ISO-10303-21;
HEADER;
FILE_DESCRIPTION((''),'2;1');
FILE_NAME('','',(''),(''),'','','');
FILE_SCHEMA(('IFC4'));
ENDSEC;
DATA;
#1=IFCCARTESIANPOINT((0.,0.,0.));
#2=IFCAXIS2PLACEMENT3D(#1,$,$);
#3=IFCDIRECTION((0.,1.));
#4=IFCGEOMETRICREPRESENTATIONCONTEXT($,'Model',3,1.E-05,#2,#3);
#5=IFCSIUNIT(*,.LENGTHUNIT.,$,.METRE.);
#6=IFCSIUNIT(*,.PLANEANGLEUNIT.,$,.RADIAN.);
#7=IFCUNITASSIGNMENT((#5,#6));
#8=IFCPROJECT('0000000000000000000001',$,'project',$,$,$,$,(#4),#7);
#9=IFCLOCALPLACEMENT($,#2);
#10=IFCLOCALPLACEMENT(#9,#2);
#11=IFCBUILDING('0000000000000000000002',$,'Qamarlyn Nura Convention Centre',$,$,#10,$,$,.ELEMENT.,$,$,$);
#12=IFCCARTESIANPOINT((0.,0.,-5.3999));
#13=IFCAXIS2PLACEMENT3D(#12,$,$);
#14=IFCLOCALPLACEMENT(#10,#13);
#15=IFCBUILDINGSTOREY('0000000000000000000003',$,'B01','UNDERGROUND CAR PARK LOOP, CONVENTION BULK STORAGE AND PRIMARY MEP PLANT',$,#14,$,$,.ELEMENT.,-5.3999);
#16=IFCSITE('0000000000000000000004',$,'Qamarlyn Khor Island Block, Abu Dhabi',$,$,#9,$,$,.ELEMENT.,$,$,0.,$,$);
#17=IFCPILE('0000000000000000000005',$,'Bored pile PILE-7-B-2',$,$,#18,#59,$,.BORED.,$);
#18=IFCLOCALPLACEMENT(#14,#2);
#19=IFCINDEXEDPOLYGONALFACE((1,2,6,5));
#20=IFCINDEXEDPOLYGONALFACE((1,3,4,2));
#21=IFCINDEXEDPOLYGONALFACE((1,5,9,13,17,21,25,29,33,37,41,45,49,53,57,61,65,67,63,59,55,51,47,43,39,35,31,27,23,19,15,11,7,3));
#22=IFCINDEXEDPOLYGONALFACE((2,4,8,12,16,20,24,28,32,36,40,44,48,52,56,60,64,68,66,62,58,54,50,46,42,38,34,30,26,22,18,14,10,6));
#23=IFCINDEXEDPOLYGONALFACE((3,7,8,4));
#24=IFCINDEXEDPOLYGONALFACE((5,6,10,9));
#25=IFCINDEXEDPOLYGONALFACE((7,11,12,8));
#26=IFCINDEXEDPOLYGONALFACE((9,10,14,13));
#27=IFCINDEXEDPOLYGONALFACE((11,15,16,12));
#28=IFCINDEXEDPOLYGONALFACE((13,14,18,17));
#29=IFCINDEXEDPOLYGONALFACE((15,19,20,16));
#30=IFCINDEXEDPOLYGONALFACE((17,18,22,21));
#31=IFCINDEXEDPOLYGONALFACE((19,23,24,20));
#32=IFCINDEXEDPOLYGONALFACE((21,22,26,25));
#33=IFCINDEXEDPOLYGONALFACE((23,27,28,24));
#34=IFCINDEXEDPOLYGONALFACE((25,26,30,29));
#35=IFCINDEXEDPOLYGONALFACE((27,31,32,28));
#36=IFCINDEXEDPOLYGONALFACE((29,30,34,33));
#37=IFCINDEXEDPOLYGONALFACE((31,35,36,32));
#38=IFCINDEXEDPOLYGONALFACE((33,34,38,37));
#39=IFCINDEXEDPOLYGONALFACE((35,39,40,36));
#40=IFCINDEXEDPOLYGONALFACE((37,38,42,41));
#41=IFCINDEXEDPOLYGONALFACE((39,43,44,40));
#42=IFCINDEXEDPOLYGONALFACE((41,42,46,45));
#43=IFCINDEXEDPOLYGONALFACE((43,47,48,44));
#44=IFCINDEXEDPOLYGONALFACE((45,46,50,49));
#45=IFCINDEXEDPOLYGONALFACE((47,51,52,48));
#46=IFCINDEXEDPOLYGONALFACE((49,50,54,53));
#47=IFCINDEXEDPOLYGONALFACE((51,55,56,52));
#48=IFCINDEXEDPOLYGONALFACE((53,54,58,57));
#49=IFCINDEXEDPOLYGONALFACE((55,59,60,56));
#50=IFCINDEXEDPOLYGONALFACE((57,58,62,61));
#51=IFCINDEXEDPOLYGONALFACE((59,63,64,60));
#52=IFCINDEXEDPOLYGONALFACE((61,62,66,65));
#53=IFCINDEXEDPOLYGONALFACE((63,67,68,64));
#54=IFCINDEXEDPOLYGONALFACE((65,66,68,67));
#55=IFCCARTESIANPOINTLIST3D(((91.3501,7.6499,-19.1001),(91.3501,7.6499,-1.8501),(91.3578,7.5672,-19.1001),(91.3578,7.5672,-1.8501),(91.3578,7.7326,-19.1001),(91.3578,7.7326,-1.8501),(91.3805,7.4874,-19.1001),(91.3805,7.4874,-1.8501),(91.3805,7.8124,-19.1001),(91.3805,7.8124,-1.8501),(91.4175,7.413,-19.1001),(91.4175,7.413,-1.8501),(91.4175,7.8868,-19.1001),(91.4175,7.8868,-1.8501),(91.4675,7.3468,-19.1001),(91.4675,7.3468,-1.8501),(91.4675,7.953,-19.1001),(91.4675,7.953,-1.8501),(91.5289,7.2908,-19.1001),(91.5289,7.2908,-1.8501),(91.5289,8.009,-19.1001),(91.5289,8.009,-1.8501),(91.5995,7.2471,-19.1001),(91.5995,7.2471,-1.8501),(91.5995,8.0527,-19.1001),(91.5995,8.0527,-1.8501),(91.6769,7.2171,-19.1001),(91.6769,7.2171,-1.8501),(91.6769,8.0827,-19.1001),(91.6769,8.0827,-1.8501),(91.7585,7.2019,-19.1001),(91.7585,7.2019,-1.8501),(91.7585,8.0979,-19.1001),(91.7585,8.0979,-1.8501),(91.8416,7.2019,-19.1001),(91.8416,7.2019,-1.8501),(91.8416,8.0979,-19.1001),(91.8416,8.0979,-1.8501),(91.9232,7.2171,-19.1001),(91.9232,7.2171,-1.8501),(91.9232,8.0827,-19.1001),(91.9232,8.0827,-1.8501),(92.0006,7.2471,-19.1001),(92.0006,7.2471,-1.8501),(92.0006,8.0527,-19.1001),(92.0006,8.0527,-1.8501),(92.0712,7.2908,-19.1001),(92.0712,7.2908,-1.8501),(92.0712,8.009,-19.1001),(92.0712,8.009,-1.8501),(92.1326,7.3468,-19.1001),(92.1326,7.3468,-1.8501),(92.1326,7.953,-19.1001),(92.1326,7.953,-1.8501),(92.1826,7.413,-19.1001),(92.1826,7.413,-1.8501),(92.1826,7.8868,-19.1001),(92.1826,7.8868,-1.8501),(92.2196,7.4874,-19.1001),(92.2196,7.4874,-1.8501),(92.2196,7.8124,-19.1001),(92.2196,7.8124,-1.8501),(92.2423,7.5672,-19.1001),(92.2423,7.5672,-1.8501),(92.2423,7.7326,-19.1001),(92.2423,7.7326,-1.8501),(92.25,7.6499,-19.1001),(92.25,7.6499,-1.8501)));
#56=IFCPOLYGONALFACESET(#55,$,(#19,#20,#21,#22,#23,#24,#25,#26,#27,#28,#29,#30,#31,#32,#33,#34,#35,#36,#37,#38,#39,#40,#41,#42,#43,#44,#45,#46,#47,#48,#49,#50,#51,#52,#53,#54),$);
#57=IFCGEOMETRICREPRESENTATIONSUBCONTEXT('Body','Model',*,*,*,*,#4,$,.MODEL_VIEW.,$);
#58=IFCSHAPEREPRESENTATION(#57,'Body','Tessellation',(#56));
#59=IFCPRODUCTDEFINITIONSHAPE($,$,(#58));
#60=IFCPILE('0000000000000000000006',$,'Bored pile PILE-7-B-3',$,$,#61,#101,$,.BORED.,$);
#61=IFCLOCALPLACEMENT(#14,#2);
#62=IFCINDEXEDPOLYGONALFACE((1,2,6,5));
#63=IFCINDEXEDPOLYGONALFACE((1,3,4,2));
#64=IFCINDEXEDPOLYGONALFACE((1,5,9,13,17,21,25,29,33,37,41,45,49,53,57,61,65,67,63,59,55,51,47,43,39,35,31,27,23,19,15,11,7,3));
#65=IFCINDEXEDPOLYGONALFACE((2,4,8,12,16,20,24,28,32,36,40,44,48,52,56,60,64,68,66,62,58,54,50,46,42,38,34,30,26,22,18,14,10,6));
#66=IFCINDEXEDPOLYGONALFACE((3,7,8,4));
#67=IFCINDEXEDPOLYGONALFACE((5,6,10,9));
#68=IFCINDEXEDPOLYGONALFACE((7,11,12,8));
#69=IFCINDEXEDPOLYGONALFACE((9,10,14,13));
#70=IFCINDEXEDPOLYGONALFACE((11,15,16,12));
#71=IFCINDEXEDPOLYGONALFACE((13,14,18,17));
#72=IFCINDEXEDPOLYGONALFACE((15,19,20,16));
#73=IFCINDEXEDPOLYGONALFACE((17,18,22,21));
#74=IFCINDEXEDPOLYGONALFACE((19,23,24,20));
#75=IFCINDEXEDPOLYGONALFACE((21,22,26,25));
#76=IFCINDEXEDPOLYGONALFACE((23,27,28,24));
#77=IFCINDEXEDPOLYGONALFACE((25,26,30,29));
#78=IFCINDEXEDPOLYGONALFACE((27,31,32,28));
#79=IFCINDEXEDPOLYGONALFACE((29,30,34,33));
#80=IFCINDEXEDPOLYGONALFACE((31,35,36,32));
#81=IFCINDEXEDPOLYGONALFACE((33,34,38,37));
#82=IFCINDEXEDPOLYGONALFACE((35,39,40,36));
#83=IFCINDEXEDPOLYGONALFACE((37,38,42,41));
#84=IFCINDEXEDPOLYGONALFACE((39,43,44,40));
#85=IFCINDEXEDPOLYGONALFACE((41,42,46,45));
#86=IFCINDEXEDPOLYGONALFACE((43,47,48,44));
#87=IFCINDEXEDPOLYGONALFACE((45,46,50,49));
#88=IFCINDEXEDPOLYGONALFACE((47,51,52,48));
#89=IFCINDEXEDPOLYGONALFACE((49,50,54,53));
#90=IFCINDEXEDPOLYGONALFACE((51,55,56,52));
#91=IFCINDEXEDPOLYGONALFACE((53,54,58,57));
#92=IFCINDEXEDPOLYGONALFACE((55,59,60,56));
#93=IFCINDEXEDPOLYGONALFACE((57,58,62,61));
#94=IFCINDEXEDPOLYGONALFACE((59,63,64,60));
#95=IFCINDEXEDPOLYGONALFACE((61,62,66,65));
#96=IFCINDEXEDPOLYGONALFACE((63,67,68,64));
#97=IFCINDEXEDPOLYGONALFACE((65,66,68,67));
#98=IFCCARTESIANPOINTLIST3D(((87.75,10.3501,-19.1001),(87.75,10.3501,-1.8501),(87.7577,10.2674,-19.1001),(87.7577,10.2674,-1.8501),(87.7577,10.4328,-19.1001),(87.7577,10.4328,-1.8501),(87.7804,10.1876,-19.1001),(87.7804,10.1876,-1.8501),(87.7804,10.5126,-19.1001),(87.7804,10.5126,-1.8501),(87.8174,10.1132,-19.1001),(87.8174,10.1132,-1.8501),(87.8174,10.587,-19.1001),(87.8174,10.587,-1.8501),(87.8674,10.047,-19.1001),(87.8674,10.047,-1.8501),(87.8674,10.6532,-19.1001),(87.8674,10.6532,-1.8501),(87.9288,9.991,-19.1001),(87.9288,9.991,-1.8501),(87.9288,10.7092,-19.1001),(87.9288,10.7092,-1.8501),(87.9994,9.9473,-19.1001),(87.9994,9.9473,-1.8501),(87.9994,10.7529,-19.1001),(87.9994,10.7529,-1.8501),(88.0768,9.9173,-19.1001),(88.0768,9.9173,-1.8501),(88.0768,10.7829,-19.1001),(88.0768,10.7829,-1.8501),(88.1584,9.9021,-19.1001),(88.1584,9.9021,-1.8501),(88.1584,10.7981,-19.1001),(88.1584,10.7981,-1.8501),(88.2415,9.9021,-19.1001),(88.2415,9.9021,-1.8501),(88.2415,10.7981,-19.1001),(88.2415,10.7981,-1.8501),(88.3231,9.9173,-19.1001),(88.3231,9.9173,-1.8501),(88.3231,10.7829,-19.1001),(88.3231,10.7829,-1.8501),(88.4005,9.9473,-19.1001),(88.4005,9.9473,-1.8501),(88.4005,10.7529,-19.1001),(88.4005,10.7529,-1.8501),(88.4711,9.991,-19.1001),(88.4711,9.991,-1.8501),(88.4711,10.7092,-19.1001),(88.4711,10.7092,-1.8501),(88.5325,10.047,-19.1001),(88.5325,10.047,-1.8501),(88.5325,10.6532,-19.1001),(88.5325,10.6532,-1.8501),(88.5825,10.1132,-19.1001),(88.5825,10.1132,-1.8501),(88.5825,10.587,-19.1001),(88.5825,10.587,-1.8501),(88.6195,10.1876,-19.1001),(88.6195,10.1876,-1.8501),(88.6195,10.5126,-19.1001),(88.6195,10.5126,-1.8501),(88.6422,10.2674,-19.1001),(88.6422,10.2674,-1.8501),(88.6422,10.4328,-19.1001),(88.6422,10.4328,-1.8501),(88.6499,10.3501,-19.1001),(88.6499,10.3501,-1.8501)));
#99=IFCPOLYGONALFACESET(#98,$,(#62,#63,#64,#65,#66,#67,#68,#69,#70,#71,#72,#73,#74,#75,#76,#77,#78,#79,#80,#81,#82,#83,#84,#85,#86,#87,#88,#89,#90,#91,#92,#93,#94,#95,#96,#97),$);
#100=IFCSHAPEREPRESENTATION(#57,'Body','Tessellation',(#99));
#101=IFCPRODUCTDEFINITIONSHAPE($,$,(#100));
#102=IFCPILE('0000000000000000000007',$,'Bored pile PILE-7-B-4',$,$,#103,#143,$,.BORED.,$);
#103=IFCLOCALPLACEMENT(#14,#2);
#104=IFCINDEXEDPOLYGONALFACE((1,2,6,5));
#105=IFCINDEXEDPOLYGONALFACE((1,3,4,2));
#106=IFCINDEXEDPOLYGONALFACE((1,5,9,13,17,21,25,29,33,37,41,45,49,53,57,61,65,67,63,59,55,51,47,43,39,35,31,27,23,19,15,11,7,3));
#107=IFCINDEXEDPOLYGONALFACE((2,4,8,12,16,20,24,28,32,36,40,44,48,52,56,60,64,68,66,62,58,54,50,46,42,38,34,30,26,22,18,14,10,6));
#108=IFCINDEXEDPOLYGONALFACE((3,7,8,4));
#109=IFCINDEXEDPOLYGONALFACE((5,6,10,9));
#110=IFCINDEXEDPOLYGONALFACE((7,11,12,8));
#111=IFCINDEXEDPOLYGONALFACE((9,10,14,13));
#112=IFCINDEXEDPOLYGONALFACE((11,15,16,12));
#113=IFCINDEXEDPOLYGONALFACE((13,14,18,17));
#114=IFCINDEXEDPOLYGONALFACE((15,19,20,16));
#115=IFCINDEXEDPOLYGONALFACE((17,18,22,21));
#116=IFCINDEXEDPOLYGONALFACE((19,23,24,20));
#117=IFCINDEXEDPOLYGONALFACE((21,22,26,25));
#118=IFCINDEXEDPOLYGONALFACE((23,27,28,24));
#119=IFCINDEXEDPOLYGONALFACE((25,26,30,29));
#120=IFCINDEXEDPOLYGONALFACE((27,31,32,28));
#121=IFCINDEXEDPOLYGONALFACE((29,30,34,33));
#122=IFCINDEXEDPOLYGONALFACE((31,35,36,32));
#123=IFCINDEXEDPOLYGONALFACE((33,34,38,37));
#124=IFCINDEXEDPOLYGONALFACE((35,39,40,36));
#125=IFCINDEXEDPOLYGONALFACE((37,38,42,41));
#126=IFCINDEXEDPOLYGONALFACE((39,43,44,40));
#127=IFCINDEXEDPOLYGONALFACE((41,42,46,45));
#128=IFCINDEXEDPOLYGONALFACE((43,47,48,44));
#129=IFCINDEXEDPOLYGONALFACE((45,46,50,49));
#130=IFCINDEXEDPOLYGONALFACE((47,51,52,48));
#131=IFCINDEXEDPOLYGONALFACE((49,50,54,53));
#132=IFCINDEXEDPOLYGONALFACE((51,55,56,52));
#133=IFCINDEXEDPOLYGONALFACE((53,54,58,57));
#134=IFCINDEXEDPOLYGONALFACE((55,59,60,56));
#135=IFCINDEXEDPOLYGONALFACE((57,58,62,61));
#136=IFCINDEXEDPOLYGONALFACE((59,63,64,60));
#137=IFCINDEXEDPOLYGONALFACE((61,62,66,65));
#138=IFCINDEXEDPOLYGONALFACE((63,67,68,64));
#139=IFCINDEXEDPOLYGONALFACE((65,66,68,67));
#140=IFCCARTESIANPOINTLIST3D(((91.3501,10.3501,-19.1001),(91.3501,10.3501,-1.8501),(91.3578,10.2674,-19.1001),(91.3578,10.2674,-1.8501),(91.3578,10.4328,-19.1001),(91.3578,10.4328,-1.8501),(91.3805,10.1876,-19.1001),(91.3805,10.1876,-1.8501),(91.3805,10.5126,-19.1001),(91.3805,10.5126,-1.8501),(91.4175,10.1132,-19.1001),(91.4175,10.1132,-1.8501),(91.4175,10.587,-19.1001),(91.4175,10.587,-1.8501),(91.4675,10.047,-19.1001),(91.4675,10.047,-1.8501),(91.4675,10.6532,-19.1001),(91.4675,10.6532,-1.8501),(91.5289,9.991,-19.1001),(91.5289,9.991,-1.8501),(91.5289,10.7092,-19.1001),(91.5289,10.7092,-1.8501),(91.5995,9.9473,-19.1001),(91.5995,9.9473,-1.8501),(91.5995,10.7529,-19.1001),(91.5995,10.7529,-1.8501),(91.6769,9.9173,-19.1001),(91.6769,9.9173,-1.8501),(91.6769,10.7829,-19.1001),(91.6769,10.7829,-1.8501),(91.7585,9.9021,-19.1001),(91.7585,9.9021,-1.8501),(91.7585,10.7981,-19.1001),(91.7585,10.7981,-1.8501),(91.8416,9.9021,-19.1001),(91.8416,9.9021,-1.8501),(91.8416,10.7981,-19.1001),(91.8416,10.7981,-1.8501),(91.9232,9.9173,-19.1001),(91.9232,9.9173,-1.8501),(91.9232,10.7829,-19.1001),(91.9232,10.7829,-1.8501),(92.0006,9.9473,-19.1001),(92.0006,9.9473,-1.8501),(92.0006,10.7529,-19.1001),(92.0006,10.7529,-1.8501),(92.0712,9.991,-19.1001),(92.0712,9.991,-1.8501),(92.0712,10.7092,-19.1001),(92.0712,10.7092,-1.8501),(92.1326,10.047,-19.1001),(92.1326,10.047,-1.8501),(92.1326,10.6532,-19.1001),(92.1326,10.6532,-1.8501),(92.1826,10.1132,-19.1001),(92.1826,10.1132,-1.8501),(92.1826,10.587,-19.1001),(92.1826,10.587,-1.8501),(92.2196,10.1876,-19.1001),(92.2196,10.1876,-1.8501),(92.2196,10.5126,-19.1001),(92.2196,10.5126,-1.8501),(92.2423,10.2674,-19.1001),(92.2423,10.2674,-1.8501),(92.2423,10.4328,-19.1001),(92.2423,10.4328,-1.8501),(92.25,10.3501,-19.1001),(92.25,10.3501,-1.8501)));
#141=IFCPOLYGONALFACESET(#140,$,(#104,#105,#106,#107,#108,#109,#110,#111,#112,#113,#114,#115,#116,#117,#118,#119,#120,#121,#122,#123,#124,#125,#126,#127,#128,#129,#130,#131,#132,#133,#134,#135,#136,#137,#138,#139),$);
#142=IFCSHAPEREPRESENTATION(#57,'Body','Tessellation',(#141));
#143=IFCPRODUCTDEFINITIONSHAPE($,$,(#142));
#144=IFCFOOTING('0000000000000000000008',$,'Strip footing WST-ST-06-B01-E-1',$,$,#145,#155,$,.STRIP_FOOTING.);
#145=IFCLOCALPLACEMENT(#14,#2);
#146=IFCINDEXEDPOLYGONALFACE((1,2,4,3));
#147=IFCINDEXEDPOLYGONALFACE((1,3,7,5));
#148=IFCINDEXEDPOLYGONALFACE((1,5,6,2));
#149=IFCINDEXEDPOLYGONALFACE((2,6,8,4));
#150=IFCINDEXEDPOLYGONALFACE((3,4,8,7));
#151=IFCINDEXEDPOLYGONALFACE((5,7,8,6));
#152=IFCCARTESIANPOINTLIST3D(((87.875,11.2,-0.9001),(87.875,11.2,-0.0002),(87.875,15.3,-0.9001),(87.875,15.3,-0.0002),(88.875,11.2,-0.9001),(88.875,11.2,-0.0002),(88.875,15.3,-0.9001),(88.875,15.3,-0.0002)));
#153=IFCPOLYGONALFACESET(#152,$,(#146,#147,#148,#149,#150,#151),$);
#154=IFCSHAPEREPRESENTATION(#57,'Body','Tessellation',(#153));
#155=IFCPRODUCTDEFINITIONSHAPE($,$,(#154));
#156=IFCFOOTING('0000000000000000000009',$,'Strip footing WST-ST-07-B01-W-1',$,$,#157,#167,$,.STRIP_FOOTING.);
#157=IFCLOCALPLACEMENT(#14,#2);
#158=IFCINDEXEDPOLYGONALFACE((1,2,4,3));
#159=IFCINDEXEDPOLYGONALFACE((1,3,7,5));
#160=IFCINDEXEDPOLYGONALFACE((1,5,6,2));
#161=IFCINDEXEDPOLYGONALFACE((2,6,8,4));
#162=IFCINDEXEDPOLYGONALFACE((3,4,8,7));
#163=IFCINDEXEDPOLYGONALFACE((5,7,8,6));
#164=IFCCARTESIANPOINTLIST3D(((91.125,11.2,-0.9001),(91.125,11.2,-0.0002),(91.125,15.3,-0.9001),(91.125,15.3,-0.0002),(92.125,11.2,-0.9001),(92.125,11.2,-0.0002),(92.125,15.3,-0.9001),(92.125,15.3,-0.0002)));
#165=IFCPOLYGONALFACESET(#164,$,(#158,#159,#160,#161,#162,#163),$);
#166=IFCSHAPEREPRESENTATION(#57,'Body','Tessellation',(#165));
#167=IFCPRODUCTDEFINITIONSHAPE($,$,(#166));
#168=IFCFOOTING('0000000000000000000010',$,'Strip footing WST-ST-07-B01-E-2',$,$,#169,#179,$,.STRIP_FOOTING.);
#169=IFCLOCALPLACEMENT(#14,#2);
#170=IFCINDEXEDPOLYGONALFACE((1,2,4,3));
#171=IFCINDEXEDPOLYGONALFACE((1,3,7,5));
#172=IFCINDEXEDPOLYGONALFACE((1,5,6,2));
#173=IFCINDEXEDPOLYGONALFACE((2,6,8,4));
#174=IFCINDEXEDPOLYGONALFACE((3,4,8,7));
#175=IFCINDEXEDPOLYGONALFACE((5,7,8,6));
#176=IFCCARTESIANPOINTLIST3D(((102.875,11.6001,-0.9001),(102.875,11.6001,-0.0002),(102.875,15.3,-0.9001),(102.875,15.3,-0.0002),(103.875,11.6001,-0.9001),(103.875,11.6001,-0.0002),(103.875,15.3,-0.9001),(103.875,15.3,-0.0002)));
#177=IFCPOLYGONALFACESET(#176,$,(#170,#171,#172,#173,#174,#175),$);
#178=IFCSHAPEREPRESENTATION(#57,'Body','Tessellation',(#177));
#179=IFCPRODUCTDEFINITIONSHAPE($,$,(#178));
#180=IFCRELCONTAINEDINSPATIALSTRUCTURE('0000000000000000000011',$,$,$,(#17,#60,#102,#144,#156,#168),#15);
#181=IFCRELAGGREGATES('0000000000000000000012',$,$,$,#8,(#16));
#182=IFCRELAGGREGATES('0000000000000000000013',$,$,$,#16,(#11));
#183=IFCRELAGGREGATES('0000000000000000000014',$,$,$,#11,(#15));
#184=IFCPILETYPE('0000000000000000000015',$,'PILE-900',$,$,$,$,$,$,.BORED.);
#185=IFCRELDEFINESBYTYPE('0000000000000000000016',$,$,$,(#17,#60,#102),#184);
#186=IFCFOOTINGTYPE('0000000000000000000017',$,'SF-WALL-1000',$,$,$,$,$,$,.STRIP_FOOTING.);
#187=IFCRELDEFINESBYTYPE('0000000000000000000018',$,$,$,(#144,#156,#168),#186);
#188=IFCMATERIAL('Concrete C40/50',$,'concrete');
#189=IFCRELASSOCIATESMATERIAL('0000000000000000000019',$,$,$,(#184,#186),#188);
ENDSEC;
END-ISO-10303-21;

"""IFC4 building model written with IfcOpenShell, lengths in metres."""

from ifc_helpers import new_model, si_unit, direction, frame, origin, origin_2d, place, context, subcontext, project, spatial, rectangle, circle, extrude, material, material_profile, profile_set, type_object, element, save


model = new_model("IFC4")

# Units and contexts
model_context = context("Model", 3, precision=1e-05, world=origin(), true_north=direction((0.0, 1.0)))
body_context = subcontext(model_context, "Body", "Model", "MODEL_VIEW")
ifc_project = project(units=[si_unit("LENGTHUNIT", "METRE"), si_unit("PLANEANGLEUNIT", "RADIAN")], contexts=[model_context])

# Site, building, storey
site_placement = place(None, origin())
site = spatial("IfcSite", under=ifc_project, at=site_placement, Name="Qamarlyn Khor Island Block, Abu Dhabi", CompositionType="ELEMENT", RefElevation=0.0)
building_placement = place(site_placement, origin())
building = spatial("IfcBuilding", under=site, at=building_placement, Name="Qamarlyn Nura Convention Centre", CompositionType="ELEMENT")
storey_placement = place(building_placement, frame((0.0, 0.0, -5.3999)))
storey = spatial("IfcBuildingStorey", under=building, at=storey_placement, Name="B01", Description="UNDERGROUND CAR PARK LOOP, CONVENTION BULK STORAGE AND PRIMARY MEP PLANT", CompositionType="ELEMENT", Elevation=-5.3999)

# Shared definitions
ifc_material_1 = material(Name="Concrete C40/50", Category="concrete")

# Piles
ifc_material_profile_1 = material_profile(ifc_material_1, circle(Radius=0.45, at=origin_2d()), Name="BORED PILE 900")
ifc_profile_set_1 = profile_set([ifc_material_profile_1], Name="Concrete C40/50")
pile_type_1 = type_object("IfcPileType", Name="PILE-900", PredefinedType="BORED", material=ifc_profile_set_1)
for number, where, z_axis, x_axis, name in (
    (1, (91.8, 7.6499, -1.8501), (0.0, 0.0, -1.0), (1.0, 0.0, 0.0), "Bored pile PILE-7-B-2"),
    (2, (88.2, 10.3501, -1.8501), (0.0, 0.0, -1.0), (1.0, 0.0, 0.0), "Bored pile PILE-7-B-3"),
    (3, (91.8, 10.3501, -1.8501), (0.0, 0.0, -1.0), (1.0, 0.0, 0.0), "Bored pile PILE-7-B-4"),
):
    element("IfcPile", number, at=place(storey_placement, frame(where, z_axis=z_axis, x_axis=x_axis)), inside=storey, type_object=pile_type_1, Name=name, PredefinedType="BORED", context=body_context, shape_type="SweptSolid", body=[
        extrude(circle(Radius=0.45, at=origin_2d()), origin(), (0.0, 0.0, 1.0), 17.25),
    ])

# Footings
ifc_material_profile_2 = material_profile(ifc_material_1, rectangle(XDim=1.0, YDim=0.8999, at=origin_2d()), Name="RC STRIP 1000x900")
ifc_profile_set_2 = profile_set([ifc_material_profile_2], Name="Concrete C40/50")
footing_type_1 = type_object("IfcFootingType", Name="SF-WALL-1000", PredefinedType="STRIP_FOOTING", material=ifc_profile_set_2)
for number, where, z_axis, x_axis, name in (
    (4, (88.375, 11.2, -0.4502), (0.0, 1.0, 0.0), (-1.0, 0.0, 0.0), "Strip footing WST-ST-06-B01-E-1"),
    (5, (91.625, 15.3, -0.4502), (0.0, -1.0, 0.0), (1.0, 0.0, 0.0), "Strip footing WST-ST-07-B01-W-1"),
):
    element("IfcFooting", number, at=place(storey_placement, frame(where, z_axis=z_axis, x_axis=x_axis)), inside=storey, type_object=footing_type_1, Name=name, PredefinedType="STRIP_FOOTING", context=body_context, shape_type="SweptSolid", body=[
        extrude(rectangle(XDim=1.0, YDim=0.8999, at=origin_2d()), origin(), (0.0, 0.0, 1.0), 4.1001),
    ])
footing_1_placement = place(storey_placement, frame((103.375, 11.6001, -0.4502), z_axis=(0.0, 1.0, 0.0), x_axis=(-1.0, 0.0, 0.0)))
element("IfcFooting", 6, at=footing_1_placement, inside=storey, type_object=footing_type_1, Name="Strip footing WST-ST-07-B01-E-2", PredefinedType="STRIP_FOOTING", context=body_context, shape_type="SweptSolid", body=[
    extrude(rectangle(XDim=1.0, YDim=0.8999, at=origin_2d()), origin(), (0.0, 0.0, 1.0), 3.7),
])

save(model, "model.ifc")
